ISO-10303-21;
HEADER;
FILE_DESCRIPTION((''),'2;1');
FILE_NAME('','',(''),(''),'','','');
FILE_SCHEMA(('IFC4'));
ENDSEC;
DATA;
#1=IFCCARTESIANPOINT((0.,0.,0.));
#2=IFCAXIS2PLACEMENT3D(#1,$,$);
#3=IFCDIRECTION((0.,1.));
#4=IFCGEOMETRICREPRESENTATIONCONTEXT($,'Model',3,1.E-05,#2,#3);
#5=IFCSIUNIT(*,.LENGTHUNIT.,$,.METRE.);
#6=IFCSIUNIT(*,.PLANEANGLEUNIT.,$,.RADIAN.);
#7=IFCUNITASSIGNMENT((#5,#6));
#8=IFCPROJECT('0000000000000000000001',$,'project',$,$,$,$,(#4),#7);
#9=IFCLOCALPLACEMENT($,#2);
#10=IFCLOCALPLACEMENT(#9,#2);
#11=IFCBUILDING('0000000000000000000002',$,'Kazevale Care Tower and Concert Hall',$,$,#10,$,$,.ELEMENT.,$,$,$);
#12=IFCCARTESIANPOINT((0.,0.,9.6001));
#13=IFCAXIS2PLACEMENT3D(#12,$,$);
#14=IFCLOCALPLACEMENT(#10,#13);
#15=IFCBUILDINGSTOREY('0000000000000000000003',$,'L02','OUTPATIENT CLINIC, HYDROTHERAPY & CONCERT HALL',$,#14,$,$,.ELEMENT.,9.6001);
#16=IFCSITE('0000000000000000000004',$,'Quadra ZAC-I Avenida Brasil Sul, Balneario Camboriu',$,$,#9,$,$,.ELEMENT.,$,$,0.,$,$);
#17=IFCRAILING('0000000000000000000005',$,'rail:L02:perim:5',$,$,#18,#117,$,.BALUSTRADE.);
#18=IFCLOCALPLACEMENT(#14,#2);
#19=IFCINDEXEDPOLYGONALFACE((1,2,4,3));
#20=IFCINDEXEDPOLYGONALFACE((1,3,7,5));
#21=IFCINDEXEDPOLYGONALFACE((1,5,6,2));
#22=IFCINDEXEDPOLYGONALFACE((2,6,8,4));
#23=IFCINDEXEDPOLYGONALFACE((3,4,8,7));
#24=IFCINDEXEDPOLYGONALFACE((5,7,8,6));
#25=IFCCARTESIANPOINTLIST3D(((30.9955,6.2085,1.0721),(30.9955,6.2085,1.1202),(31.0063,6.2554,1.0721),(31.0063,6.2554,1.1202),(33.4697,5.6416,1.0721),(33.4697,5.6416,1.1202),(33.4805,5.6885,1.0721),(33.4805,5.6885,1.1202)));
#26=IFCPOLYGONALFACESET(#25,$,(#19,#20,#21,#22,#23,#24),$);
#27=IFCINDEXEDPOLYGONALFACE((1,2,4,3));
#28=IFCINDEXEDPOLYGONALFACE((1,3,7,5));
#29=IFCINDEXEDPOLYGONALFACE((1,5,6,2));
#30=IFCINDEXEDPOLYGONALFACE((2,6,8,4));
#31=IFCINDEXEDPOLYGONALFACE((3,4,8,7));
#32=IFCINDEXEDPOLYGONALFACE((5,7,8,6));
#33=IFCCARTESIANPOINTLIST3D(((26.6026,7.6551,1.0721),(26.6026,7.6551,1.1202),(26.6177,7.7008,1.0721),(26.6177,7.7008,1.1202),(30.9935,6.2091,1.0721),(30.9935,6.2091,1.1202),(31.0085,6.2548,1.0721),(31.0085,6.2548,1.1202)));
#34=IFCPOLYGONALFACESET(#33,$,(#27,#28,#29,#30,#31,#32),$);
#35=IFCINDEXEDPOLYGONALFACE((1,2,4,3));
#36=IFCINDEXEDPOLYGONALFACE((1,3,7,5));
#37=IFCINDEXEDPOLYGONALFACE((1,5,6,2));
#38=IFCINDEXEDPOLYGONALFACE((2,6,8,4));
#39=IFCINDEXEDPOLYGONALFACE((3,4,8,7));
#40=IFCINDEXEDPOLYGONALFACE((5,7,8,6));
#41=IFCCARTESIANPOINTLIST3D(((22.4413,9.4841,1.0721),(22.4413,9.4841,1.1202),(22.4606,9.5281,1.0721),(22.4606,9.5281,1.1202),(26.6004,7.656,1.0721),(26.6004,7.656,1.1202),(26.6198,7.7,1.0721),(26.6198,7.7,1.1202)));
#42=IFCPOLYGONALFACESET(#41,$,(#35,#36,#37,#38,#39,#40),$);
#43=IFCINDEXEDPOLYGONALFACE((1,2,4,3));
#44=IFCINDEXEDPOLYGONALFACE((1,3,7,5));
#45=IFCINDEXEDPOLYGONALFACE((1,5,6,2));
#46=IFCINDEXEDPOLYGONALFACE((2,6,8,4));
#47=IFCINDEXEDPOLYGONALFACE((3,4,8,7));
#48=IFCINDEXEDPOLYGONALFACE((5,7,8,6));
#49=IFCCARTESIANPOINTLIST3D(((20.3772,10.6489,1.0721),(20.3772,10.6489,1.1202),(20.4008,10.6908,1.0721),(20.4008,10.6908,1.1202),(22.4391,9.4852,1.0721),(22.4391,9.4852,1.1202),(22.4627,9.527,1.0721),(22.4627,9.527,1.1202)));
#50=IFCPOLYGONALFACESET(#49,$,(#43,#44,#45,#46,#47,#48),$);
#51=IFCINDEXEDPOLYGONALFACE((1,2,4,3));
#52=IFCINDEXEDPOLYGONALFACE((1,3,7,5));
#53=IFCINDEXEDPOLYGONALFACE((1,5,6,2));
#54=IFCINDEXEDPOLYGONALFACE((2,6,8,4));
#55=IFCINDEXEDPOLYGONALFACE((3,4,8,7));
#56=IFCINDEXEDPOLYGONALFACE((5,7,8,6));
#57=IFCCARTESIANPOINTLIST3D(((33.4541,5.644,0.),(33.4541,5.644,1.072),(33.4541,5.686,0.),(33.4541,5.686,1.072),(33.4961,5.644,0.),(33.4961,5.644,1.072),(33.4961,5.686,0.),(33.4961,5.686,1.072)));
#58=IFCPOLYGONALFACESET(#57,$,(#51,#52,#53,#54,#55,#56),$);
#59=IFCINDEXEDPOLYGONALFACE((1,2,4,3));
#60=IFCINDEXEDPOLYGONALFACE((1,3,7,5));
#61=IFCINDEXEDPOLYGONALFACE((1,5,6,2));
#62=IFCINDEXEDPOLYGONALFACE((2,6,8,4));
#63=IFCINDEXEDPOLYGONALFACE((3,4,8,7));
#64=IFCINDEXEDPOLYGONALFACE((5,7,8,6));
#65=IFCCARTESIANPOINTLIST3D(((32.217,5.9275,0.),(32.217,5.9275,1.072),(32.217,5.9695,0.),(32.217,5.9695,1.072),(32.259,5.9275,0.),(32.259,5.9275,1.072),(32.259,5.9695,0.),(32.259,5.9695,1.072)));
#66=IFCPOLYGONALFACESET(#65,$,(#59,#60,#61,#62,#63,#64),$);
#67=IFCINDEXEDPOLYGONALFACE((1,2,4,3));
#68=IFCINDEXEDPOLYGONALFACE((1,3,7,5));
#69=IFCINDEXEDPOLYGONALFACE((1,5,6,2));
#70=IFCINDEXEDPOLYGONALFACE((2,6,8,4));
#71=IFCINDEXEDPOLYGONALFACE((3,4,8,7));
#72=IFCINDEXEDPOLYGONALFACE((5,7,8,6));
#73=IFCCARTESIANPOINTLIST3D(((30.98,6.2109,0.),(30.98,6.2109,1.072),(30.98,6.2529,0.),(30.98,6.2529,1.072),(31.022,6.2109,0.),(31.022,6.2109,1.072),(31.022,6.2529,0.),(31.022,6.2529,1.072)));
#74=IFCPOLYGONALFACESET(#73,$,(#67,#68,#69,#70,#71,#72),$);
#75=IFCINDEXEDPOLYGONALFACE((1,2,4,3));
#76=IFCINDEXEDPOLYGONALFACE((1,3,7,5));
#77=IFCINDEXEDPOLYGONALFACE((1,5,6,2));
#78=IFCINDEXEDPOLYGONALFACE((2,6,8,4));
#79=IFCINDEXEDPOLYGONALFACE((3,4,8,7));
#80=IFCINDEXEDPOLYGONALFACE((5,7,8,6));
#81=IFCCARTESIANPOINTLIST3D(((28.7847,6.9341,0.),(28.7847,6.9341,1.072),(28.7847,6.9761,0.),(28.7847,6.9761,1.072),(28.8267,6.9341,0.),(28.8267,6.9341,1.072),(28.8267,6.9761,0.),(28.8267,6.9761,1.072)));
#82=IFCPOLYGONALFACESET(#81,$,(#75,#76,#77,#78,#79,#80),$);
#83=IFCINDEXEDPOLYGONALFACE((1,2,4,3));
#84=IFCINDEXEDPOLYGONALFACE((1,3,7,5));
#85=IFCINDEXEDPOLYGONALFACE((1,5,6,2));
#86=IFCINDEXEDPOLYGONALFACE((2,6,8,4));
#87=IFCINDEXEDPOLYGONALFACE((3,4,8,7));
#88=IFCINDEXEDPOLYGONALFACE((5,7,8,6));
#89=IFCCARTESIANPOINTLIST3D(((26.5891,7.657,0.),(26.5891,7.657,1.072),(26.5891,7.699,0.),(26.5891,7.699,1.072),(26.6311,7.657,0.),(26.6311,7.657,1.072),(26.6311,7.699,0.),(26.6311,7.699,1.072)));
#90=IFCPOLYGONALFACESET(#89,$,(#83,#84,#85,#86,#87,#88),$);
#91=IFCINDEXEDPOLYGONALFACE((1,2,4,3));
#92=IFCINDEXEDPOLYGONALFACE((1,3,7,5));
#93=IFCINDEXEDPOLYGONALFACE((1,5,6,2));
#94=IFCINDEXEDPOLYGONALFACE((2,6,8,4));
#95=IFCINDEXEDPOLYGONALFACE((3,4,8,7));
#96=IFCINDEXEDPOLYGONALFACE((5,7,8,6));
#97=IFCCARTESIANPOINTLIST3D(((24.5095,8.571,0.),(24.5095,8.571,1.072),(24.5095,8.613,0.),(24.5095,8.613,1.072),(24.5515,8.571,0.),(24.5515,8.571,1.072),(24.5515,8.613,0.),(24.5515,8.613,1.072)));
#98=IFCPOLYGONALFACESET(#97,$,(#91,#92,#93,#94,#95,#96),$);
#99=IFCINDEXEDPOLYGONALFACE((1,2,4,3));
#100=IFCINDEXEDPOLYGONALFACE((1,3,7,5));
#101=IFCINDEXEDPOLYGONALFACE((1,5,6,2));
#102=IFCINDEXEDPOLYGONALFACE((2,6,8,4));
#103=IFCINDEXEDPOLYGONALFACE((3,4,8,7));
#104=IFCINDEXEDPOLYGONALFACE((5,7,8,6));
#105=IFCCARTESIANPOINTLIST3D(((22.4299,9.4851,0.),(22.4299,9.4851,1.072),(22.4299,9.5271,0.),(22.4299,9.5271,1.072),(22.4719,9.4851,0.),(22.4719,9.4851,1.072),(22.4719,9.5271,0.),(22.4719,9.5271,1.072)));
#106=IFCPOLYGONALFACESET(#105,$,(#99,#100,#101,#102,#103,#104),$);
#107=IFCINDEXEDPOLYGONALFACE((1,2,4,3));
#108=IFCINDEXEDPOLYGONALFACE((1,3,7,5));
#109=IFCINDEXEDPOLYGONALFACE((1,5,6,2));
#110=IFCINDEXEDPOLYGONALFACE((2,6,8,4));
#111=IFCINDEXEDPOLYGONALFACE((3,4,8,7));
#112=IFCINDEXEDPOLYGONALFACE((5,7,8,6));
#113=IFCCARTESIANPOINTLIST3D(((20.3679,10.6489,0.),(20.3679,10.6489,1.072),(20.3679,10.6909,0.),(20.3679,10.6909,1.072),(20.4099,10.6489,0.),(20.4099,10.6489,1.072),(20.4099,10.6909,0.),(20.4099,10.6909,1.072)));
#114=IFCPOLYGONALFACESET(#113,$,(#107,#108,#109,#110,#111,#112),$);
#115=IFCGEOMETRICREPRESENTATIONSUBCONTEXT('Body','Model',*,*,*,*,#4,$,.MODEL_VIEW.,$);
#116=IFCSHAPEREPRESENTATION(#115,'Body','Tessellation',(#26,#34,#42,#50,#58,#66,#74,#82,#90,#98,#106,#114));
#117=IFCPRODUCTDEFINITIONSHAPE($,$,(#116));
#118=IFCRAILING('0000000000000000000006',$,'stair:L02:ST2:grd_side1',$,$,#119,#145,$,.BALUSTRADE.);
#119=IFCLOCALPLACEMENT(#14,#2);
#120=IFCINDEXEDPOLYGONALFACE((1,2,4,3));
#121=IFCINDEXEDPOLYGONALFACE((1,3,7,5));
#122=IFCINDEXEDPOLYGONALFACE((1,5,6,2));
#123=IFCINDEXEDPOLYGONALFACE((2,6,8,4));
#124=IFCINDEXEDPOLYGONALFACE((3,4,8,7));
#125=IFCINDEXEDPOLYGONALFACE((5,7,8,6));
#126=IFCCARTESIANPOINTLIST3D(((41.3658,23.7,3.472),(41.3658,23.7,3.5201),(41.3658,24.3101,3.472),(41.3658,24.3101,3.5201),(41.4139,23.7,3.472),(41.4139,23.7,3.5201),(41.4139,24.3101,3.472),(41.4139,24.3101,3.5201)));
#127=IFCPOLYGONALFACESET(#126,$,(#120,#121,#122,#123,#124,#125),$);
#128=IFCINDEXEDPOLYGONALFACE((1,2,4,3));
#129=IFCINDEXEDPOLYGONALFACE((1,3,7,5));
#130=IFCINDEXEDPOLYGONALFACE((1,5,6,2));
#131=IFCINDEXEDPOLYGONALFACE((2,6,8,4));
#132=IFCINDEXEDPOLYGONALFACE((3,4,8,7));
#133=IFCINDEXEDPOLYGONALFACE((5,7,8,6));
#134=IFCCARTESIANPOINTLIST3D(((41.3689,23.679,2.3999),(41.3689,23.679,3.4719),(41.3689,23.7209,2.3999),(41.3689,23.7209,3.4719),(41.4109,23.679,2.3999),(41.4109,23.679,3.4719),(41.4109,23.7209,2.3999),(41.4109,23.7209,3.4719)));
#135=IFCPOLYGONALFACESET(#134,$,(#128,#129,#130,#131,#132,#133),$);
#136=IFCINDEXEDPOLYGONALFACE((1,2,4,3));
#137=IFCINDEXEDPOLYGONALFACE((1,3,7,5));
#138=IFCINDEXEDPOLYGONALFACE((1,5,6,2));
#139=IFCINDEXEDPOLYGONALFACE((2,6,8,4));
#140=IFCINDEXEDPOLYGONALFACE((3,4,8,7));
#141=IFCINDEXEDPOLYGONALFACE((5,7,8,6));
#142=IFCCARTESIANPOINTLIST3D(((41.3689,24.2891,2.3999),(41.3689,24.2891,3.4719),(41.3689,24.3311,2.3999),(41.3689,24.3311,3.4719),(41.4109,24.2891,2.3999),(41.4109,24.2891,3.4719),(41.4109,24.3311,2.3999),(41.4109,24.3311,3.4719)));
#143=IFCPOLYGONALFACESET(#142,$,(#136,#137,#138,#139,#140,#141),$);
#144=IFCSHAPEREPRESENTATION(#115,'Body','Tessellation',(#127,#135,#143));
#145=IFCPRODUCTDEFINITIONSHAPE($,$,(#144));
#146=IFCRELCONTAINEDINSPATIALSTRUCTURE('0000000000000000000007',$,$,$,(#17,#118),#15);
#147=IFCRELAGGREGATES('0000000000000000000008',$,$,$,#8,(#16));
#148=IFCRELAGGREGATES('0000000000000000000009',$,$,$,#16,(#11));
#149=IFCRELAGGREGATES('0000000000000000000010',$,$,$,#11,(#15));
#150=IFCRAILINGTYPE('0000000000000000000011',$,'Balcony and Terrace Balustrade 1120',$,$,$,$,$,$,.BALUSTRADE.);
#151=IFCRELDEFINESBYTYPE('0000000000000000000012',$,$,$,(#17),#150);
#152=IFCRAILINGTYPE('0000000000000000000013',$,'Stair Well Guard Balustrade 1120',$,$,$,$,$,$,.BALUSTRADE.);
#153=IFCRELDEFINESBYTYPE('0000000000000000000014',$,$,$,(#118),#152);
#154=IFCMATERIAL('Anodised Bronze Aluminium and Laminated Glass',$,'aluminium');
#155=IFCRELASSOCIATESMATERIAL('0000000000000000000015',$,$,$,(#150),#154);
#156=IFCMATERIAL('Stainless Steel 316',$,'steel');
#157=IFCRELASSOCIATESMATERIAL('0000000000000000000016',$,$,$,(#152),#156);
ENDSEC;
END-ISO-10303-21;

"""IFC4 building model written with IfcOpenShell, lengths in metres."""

from ifc_helpers import new_model, si_unit, direction, frame, origin, origin_2d, place, context, subcontext, project, spatial, rectangle, extrude, material, type_object, element, save


model = new_model("IFC4")

# Units and contexts
model_context = context("Model", 3, precision=1e-05, world=origin(), true_north=direction((0.0, 1.0)))
body_context = subcontext(model_context, "Body", "Model", "MODEL_VIEW")
ifc_project = project(units=[si_unit("LENGTHUNIT", "METRE"), si_unit("PLANEANGLEUNIT", "RADIAN")], contexts=[model_context])

# Site, building, storey
site_placement = place(None, origin())
site = spatial("IfcSite", under=ifc_project, at=site_placement, Name="Quadra ZAC-I Avenida Brasil Sul, Balneario Camboriu", CompositionType="ELEMENT", RefElevation=0.0)
building_placement = place(site_placement, origin())
building = spatial("IfcBuilding", under=site, at=building_placement, Name="Kazevale Care Tower and Concert Hall", CompositionType="ELEMENT")
storey_placement = place(building_placement, frame((0.0, 0.0, 9.6001)))
storey = spatial("IfcBuildingStorey", under=building, at=storey_placement, Name="L02", Description="OUTPATIENT CLINIC, HYDROTHERAPY & CONCERT HALL", CompositionType="ELEMENT", Elevation=9.6001)

# Railings
ifc_material_1 = material(Name="Anodised Bronze Aluminium and Laminated Glass", Category="aluminium")
railing_type_1 = type_object("IfcRailingType", Name="Balcony and Terrace Balustrade 1120", PredefinedType="BALUSTRADE", material=ifc_material_1)
railing_1_placement = place(storey_placement, frame((33.4751, 5.665, 0.0)))
element("IfcRailing", 1, at=railing_1_placement, inside=storey, type_object=railing_type_1, Name="rail:L02:perim:5", PredefinedType="BALUSTRADE", context=body_context, shape_type="SweptSolid", body=[
    extrude(rectangle(XDim=0.0481, YDim=0.0481, at=origin_2d()), frame((0.0, 0.0, 1.0962), z_axis=(-0.97474, 0.223342, 0.0), x_axis=(-0.223342, -0.97474, 0.0)), (0.0, 0.0, 1.0), 2.5383),
    extrude(rectangle(XDim=0.0481, YDim=0.0481, at=origin_2d()), frame((-2.4741, 0.5669, 1.0962), z_axis=(-0.949818, 0.312804, 0.0), x_axis=(-0.312804, -0.949818, 0.0)), (0.0, 0.0, 1.0), 4.6228),
    extrude(rectangle(XDim=0.0481, YDim=0.0481, at=origin_2d()), frame((-6.865, 2.0129, 1.0962), z_axis=(-0.91547, 0.402386, 0.0), x_axis=(-0.402386, -0.91547, 0.0)), (0.0, 0.0, 1.0), 4.5432),
    extrude(rectangle(XDim=0.0481, YDim=0.0481, at=origin_2d()), frame((-11.0242, 3.8411, 1.0962), z_axis=(-0.870864, 0.491524, 0.0), x_axis=(-0.491524, -0.870864, 0.0)), (0.0, 0.0, 1.0), 2.3677),
    extrude(rectangle(XDim=0.042, YDim=0.042, at=origin_2d()), origin(), (0.0, 0.0, 1.0), 1.072),
    extrude(rectangle(XDim=0.042, YDim=0.042, at=origin_2d()), frame((-1.2371, 0.2834, 0.0)), (0.0, 0.0, 1.0), 1.072),
    extrude(rectangle(XDim=0.042, YDim=0.042, at=origin_2d()), frame((-2.4741, 0.5669, 0.0)), (0.0, 0.0, 1.0), 1.072),
    extrude(rectangle(XDim=0.042, YDim=0.042, at=origin_2d()), frame((-4.6694, 1.29, 0.0)), (0.0, 0.0, 1.0), 1.072),
    extrude(rectangle(XDim=0.042, YDim=0.042, at=origin_2d()), frame((-6.865, 2.0129, 0.0)), (0.0, 0.0, 1.0), 1.072),
    extrude(rectangle(XDim=0.042, YDim=0.042, at=origin_2d()), frame((-8.9446, 2.927, 0.0)), (0.0, 0.0, 1.0), 1.072),
    extrude(rectangle(XDim=0.042, YDim=0.042, at=origin_2d()), frame((-11.0242, 3.8411, 0.0)), (0.0, 0.0, 1.0), 1.072),
    extrude(rectangle(XDim=0.042, YDim=0.042, at=origin_2d()), frame((-13.0862, 5.0049, 0.0)), (0.0, 0.0, 1.0), 1.072),
])
ifc_material_2 = material(Name="Stainless Steel 316", Category="steel")
railing_type_2 = type_object("IfcRailingType", Name="Stair Well Guard Balustrade 1120", PredefinedType="BALUSTRADE", material=ifc_material_2)
railing_2_placement = place(storey_placement, frame((41.3899, 23.7, 2.3999)))
element("IfcRailing", 2, at=railing_2_placement, inside=storey, type_object=railing_type_2, Name="stair:L02:ST2:grd_side1", PredefinedType="BALUSTRADE", context=body_context, shape_type="SweptSolid", body=[
    extrude(rectangle(XDim=0.0481, YDim=0.0481, at=origin_2d()), frame((0.0, 0.0, 1.0962), z_axis=(0.0, 1.0, 0.0), x_axis=(-1.0, 0.0, 0.0)), (0.0, 0.0, 1.0), 0.6101),
    extrude(rectangle(XDim=0.042, YDim=0.042, at=origin_2d()), origin(), (0.0, 0.0, 1.0), 1.072),
    extrude(rectangle(XDim=0.042, YDim=0.042, at=origin_2d()), frame((0.0, 0.6101, 0.0)), (0.0, 0.0, 1.0), 1.072),
])

save(model, "model.ifc")
